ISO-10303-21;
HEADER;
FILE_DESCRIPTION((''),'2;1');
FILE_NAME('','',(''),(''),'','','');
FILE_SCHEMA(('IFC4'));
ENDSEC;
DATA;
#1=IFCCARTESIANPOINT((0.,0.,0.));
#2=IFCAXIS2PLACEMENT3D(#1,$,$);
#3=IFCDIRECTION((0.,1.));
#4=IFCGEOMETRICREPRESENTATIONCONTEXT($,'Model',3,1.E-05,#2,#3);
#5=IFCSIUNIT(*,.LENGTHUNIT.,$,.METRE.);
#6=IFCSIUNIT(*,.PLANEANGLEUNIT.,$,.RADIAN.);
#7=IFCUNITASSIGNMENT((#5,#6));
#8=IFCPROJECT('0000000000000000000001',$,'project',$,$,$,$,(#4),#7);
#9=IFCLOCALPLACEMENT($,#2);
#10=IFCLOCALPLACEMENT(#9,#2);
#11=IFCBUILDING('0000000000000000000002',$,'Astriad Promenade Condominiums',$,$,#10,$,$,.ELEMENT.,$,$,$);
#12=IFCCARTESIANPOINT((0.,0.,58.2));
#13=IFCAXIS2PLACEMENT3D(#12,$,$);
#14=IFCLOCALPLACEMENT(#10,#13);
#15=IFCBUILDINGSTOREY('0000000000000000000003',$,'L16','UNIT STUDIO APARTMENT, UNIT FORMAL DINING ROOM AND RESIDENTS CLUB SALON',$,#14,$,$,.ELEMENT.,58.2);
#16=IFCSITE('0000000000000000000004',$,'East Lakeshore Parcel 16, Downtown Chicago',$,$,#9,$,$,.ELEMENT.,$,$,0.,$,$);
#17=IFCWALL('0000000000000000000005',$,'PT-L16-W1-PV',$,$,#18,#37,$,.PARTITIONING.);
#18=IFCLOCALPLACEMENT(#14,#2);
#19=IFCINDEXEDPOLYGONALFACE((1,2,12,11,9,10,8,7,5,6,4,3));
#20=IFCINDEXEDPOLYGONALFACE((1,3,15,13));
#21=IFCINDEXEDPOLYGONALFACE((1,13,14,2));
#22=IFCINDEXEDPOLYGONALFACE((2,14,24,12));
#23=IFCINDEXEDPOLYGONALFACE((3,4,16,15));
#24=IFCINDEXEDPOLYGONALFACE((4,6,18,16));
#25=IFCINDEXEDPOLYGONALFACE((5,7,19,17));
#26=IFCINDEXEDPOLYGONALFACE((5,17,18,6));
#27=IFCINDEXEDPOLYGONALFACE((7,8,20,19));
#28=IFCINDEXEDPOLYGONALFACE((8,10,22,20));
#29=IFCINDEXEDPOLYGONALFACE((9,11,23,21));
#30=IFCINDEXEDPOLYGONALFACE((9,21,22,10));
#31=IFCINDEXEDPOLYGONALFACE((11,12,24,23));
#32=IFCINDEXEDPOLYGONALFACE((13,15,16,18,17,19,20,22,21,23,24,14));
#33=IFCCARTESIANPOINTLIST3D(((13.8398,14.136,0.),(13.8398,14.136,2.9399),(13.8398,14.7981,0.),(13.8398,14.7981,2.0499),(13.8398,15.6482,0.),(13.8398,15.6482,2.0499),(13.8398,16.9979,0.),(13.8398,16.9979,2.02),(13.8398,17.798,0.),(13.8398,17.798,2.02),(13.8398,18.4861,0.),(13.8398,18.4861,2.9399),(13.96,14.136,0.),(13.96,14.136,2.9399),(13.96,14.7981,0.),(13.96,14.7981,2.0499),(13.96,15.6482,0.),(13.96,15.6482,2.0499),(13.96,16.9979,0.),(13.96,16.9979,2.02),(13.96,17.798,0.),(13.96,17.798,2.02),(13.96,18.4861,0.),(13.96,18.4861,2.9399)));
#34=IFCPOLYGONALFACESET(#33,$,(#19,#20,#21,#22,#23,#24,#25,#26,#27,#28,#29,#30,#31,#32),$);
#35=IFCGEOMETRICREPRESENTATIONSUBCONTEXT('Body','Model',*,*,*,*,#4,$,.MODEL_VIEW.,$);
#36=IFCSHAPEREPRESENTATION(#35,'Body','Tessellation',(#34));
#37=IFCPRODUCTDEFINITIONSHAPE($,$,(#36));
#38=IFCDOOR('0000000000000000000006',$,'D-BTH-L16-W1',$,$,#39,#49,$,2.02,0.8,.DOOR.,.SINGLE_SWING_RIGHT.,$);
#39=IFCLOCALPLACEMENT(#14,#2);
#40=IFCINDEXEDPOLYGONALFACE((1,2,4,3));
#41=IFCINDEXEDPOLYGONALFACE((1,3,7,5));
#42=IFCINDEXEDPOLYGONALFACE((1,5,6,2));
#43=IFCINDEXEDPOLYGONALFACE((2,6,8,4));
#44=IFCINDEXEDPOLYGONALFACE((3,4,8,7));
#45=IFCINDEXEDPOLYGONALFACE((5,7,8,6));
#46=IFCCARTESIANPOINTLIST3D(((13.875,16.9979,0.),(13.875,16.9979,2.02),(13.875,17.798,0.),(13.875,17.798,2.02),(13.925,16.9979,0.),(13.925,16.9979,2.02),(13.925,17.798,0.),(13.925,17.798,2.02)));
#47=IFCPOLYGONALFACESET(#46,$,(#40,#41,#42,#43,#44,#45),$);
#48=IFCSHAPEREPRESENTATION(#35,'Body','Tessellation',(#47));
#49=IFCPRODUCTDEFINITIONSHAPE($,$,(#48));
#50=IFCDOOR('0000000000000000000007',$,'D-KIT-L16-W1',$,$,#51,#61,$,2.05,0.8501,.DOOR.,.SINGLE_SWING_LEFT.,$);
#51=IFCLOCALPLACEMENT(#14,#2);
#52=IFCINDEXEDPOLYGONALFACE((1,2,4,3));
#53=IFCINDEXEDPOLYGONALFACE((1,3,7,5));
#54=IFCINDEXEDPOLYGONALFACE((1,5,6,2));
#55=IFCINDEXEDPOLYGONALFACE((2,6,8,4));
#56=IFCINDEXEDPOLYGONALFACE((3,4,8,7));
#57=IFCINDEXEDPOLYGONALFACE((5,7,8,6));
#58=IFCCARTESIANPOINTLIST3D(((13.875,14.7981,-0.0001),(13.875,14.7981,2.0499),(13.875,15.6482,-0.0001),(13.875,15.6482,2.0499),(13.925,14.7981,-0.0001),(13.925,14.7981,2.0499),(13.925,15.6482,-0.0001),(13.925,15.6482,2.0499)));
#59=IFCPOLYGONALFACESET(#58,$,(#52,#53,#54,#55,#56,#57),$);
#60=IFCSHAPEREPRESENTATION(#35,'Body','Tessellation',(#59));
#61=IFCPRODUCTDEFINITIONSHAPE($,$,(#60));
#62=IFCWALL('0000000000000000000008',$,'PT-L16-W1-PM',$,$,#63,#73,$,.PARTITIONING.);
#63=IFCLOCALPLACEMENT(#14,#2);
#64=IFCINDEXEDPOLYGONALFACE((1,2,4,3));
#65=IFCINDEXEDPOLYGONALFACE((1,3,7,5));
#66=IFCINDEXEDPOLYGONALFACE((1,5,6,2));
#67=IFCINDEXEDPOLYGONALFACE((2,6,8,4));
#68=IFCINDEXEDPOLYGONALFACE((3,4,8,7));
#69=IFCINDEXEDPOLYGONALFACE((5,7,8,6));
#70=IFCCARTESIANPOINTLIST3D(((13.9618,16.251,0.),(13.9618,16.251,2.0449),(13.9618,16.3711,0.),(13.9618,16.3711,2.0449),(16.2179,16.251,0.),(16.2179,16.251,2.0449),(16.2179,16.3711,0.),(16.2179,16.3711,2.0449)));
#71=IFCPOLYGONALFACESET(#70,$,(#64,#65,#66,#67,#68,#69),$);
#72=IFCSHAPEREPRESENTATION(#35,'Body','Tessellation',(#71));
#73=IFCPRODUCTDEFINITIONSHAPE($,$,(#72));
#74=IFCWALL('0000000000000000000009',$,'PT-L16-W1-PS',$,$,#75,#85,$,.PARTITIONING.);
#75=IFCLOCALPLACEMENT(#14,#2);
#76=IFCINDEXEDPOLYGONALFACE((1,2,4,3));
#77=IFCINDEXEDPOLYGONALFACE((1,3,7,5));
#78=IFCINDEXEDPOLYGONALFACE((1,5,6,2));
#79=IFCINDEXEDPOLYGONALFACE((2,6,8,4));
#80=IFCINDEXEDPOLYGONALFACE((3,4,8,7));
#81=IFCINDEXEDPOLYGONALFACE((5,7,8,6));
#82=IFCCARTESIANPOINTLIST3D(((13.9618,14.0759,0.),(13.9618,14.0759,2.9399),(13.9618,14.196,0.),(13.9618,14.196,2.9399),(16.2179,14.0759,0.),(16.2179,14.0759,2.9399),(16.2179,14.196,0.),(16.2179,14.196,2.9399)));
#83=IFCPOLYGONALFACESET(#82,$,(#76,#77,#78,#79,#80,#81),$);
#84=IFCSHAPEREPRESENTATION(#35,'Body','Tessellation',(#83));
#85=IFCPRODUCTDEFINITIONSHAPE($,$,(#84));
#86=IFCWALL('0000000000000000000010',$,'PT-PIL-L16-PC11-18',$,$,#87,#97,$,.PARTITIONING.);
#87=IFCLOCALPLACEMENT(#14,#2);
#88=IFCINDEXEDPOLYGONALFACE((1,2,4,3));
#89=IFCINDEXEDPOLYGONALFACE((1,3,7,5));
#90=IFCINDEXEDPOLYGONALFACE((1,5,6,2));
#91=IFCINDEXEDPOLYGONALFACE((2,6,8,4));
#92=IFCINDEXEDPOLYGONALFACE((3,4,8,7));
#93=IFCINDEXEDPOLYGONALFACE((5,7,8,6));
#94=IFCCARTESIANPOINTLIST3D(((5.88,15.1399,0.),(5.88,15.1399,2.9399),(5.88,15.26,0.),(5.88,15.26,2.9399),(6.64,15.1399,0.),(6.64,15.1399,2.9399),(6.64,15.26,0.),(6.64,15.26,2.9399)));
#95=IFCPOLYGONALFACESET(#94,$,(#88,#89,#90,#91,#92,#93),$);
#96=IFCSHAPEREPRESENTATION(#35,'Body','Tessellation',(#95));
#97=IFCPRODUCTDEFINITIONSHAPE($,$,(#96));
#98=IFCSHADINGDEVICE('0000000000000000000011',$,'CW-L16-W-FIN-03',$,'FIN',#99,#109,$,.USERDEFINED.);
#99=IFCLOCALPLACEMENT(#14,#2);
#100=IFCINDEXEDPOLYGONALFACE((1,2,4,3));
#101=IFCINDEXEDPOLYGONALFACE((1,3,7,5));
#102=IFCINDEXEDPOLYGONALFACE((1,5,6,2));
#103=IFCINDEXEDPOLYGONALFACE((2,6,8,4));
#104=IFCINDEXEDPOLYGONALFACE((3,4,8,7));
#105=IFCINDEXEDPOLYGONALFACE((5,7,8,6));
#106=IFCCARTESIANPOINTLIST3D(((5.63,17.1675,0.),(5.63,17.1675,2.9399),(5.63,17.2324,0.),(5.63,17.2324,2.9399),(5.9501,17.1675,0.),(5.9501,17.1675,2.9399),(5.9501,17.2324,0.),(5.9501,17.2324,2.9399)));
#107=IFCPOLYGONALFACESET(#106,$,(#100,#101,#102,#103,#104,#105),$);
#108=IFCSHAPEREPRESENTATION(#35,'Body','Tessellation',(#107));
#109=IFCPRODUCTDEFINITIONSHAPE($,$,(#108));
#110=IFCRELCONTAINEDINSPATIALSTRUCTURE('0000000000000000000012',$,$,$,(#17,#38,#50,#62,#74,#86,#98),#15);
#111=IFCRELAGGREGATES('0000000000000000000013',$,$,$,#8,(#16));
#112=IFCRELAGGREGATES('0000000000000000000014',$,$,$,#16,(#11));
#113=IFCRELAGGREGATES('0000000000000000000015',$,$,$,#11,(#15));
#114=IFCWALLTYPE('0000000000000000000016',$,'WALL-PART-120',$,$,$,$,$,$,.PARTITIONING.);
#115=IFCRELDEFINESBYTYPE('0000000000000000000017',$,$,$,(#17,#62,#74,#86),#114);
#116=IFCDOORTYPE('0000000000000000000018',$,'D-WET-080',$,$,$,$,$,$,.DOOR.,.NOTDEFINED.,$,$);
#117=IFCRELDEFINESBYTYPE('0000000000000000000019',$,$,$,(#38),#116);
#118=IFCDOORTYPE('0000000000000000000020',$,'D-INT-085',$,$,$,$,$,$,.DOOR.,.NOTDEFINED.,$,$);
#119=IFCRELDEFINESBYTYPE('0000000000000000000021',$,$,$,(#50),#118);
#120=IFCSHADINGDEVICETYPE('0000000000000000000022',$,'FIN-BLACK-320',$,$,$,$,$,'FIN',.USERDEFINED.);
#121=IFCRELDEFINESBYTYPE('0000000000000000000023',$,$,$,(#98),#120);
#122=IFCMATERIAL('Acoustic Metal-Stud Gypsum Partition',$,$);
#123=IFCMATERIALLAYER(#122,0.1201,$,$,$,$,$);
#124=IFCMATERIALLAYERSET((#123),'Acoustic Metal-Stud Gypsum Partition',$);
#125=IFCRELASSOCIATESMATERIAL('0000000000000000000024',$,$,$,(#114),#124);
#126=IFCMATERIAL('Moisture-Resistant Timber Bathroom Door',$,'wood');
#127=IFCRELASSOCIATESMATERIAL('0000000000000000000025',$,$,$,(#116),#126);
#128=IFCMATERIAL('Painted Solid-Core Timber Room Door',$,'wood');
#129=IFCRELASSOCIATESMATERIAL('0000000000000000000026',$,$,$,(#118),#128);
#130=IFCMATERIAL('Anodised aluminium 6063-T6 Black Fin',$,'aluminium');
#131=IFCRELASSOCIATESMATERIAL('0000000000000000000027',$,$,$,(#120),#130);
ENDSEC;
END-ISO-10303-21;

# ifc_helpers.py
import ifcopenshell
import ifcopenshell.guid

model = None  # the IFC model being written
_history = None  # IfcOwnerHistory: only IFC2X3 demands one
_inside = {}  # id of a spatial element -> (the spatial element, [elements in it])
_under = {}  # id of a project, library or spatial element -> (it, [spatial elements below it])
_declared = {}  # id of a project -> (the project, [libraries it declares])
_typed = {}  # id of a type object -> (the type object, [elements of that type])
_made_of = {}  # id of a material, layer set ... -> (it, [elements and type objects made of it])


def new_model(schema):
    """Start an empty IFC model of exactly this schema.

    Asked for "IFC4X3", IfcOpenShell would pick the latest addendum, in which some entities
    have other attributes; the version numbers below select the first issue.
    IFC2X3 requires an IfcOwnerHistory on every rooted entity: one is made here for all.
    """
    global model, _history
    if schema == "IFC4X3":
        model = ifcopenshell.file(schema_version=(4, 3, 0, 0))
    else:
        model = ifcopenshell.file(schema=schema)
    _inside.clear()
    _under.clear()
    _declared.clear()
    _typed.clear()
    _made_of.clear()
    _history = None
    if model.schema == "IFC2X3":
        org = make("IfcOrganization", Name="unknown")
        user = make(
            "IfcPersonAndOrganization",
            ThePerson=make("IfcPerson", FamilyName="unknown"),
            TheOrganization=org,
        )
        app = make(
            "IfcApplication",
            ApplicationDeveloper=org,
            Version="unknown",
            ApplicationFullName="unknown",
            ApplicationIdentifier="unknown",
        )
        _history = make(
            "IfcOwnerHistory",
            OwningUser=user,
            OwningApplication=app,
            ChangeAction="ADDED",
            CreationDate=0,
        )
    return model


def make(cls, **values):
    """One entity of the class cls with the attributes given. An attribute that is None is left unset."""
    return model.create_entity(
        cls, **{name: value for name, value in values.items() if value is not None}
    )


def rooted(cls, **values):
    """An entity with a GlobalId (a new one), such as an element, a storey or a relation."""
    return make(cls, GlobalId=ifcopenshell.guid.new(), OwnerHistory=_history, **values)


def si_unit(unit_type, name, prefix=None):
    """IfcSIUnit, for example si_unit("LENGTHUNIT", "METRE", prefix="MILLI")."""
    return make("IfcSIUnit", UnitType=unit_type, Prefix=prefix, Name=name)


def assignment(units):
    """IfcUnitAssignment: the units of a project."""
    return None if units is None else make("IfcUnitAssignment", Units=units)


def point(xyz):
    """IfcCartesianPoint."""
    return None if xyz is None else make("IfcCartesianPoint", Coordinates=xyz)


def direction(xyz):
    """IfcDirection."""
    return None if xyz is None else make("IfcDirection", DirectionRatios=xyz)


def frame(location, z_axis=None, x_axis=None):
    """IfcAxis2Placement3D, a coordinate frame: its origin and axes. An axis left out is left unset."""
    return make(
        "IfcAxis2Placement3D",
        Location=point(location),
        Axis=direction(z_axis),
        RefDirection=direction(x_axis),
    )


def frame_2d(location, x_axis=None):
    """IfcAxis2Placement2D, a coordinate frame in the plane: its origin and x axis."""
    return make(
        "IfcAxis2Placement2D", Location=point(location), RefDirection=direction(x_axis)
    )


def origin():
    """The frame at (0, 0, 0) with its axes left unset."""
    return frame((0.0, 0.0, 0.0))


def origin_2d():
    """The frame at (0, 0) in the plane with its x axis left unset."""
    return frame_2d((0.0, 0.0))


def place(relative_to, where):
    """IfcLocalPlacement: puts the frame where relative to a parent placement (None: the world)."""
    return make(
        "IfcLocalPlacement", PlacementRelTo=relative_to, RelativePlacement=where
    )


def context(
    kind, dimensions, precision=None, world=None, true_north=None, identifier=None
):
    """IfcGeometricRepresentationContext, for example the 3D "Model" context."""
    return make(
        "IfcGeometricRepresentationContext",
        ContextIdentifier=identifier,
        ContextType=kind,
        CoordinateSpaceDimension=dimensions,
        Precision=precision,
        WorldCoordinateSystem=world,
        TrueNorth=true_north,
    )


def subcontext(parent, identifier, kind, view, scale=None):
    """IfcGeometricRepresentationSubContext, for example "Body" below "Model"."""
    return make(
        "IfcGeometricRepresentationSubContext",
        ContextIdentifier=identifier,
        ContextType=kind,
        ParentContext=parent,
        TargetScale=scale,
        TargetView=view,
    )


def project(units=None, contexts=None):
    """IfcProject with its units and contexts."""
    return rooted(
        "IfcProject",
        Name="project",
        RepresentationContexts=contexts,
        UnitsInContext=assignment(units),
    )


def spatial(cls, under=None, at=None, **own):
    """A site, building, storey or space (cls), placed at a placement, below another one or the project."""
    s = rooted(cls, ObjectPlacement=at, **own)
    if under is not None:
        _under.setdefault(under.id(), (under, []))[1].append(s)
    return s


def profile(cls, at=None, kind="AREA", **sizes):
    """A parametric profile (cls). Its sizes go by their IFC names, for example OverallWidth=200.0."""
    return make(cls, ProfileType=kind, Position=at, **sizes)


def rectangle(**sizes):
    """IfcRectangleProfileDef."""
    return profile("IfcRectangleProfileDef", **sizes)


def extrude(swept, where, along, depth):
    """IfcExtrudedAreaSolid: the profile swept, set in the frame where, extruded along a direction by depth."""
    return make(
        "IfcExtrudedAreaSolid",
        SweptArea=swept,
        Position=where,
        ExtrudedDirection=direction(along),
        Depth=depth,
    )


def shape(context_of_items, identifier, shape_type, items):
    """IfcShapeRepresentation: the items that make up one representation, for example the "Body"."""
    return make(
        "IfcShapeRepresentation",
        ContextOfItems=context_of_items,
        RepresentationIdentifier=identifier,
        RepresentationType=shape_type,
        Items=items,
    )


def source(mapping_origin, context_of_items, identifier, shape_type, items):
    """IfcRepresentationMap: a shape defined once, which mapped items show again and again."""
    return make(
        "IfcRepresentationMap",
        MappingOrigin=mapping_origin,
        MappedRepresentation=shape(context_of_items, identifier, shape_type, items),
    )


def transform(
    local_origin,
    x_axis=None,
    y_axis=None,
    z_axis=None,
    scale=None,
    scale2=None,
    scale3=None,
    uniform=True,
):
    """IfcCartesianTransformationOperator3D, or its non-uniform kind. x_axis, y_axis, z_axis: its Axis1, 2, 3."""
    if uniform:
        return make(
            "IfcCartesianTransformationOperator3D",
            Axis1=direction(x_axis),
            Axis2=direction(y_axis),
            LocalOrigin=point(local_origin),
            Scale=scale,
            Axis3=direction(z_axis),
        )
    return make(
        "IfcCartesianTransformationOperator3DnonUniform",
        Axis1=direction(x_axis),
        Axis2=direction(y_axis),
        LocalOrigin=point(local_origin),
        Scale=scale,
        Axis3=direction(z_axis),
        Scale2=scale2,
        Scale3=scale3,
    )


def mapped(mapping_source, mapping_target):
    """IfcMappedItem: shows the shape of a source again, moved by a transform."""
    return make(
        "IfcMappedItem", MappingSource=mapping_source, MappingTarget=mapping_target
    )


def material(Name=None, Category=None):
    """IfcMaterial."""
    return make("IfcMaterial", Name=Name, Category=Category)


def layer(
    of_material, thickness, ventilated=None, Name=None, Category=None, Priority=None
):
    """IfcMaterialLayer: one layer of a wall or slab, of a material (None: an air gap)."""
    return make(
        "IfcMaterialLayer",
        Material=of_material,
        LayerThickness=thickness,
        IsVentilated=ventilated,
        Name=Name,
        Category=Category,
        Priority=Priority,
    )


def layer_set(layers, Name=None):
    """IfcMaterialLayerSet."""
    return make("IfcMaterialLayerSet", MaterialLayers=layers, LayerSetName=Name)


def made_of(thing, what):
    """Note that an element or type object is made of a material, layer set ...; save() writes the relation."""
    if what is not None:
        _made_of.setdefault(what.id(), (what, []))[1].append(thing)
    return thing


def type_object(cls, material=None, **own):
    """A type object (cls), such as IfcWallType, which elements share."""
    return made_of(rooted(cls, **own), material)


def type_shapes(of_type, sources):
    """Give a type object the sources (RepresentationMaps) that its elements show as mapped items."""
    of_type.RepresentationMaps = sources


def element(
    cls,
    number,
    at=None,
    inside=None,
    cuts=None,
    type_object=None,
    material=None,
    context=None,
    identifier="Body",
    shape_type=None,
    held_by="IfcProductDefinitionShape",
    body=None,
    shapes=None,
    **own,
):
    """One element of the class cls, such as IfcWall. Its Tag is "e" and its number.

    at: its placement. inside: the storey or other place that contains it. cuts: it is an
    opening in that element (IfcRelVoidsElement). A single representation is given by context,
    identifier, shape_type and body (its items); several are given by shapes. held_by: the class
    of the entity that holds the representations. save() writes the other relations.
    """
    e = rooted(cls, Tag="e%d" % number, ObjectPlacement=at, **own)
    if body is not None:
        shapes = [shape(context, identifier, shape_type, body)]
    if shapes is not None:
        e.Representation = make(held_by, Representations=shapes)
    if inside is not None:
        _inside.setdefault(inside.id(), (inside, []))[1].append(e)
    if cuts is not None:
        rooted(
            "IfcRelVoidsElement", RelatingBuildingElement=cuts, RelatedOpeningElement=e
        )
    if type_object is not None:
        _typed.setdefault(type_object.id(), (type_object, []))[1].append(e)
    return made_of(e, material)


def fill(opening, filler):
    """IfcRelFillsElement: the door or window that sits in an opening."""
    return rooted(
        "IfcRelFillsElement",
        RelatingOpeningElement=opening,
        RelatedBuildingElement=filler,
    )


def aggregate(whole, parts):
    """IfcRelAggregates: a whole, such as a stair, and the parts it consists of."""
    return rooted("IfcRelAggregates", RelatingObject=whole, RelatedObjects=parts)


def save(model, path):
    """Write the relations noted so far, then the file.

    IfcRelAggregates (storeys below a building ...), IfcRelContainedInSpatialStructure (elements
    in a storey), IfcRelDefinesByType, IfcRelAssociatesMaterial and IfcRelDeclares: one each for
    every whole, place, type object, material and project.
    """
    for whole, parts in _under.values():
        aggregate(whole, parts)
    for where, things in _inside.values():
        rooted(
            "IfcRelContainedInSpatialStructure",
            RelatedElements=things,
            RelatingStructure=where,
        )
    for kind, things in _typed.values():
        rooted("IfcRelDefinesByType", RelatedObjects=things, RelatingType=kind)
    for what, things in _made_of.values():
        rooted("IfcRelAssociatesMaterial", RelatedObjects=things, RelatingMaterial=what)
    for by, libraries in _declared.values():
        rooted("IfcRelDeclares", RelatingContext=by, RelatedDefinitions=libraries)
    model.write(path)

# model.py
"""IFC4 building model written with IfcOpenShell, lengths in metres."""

from ifc_helpers import new_model, si_unit, direction, frame, frame_2d, origin, origin_2d, place, context, subcontext, project, spatial, rectangle, extrude, source, transform, mapped, material, layer, layer_set, type_object, type_shapes, element, fill, save


model = new_model("IFC4")

# Units and contexts
model_context = context("Model", 3, precision=1e-05, world=origin(), true_north=direction((0.0, 1.0)))
body_context = subcontext(model_context, "Body", "Model", "MODEL_VIEW")
ifc_project = project(units=[si_unit("LENGTHUNIT", "METRE"), si_unit("PLANEANGLEUNIT", "RADIAN")], contexts=[model_context])

# Site, building, storey
site_placement = place(None, origin())
site = spatial("IfcSite", under=ifc_project, at=site_placement, Name="East Lakeshore Parcel 16, Downtown Chicago", CompositionType="ELEMENT", RefElevation=0.0)
building_placement = place(site_placement, origin())
building = spatial("IfcBuilding", under=site, at=building_placement, Name="Astriad Promenade Condominiums", CompositionType="ELEMENT")
storey_placement = place(building_placement, frame((0.0, 0.0, 58.2)))
storey = spatial("IfcBuildingStorey", under=building, at=storey_placement, Name="L16", Description="UNIT STUDIO APARTMENT, UNIT FORMAL DINING ROOM AND RESIDENTS CLUB SALON", CompositionType="ELEMENT", Elevation=58.2)

# Wall, openings, doors
ifc_material_1 = material(Name="Acoustic Metal-Stud Gypsum Partition")
ifc_layer_1 = layer(ifc_material_1, 0.1201)
ifc_layer_set_1 = layer_set([ifc_layer_1], Name="Acoustic Metal-Stud Gypsum Partition")
wall_type = type_object("IfcWallType", Name="WALL-PART-120", PredefinedType="PARTITIONING", material=ifc_layer_set_1)
wall_1_placement = place(storey_placement, frame((13.8999, 14.136, 0.0), z_axis=(0.0, 0.0, 1.0), x_axis=(0.0, 1.0, 0.0)))
wall_1 = element("IfcWall", 1, at=wall_1_placement, inside=storey, type_object=wall_type, Name="PT-L16-W1-PV", PredefinedType="PARTITIONING", context=body_context, shape_type="SweptSolid", body=[
    extrude(rectangle(XDim=4.3501, YDim=0.1201, at=frame_2d((2.175, 0.0))), origin(), (0.0, 0.0, 1.0), 2.9399),
])
opening_1_placement = place(wall_1_placement, frame((0.6621, 0.0, 0.0)))
opening_1 = element("IfcOpeningElement", 2, at=opening_1_placement, cuts=wall_1, PredefinedType="OPENING", context=body_context, shape_type="SweptSolid", body=[
    extrude(rectangle(XDim=0.8501, YDim=2.05, at=frame_2d((0.425, 1.0249))), frame((0.0, 0.0701, 0.0), z_axis=(0.0, -1.0, 0.0), x_axis=(1.0, 0.0, 0.0)), (0.0, 0.0, 1.0), 0.1401),
])
opening_2_placement = place(wall_1_placement, frame((2.8621, 0.0, 0.0)))
opening_2 = element("IfcOpeningElement", 3, at=opening_2_placement, cuts=wall_1, PredefinedType="OPENING", context=body_context, shape_type="SweptSolid", body=[
    extrude(rectangle(XDim=0.8, YDim=2.02, at=frame_2d((0.3999, 1.01))), frame((0.0, 0.0701, 0.0), z_axis=(0.0, -1.0, 0.0), x_axis=(1.0, 0.0, 0.0)), (0.0, 0.0, 1.0), 0.1401),
])
ifc_material_2 = material(Name="Moisture-Resistant Timber Bathroom Door", Category="wood")
door_type_1 = type_object("IfcDoorType", Name="D-WET-080", OperationType="NOTDEFINED", PredefinedType="DOOR", material=ifc_material_2)
shared_shape_1 = source(origin(), body_context, "Body", "SweptSolid", [
    extrude(rectangle(XDim=0.8, YDim=2.02, at=frame_2d((0.3999, 1.01))), frame((0.0, 0.0249, 0.0), z_axis=(0.0, -1.0, 0.0), x_axis=(1.0, 0.0, 0.0)), (0.0, 0.0, 1.0), 0.05),
])
type_shapes(door_type_1, [shared_shape_1])
door_1_placement = place(opening_2_placement, origin())
door_1 = element("IfcDoor", 4, at=door_1_placement, inside=storey, type_object=door_type_1, Name="D-BTH-L16-W1", OperationType="SINGLE_SWING_RIGHT", OverallHeight=2.02, OverallWidth=0.8, PredefinedType="DOOR", context=body_context, shape_type="MappedRepresentation", body=[
    mapped(shared_shape_1, transform((0.0, 0.0, 0.0), scale=1.0)),
])
fill(opening_2, door_1)
ifc_material_3 = material(Name="Painted Solid-Core Timber Room Door", Category="wood")
door_type_2 = type_object("IfcDoorType", Name="D-INT-085", OperationType="NOTDEFINED", PredefinedType="DOOR", material=ifc_material_3)
shared_shape_2 = source(origin(), body_context, "Body", "SweptSolid", [
    extrude(rectangle(XDim=0.8501, YDim=2.05, at=frame_2d((0.425, 1.0249))), frame((0.0, 0.0249, 0.0), z_axis=(0.0, -1.0, 0.0), x_axis=(1.0, 0.0, 0.0)), (0.0, 0.0, 1.0), 0.05),
])
type_shapes(door_type_2, [shared_shape_2])
door_2_placement = place(opening_1_placement, origin())
door_2 = element("IfcDoor", 5, at=door_2_placement, inside=storey, type_object=door_type_2, Name="D-KIT-L16-W1", OperationType="SINGLE_SWING_LEFT", OverallHeight=2.05, OverallWidth=0.8501, PredefinedType="DOOR", context=body_context, shape_type="MappedRepresentation", body=[
    mapped(shared_shape_2, transform((0.0, 0.0, 0.0), scale=1.0)),
])
fill(opening_1, door_2)

# Walls
wall_2_placement = place(storey_placement, frame((13.9619, 16.311, 0.0), z_axis=(0.0, 0.0, 1.0), x_axis=(1.0, 0.0, 0.0)))
element("IfcWall", 6, at=wall_2_placement, inside=storey, type_object=wall_type, Name="PT-L16-W1-PM", PredefinedType="PARTITIONING", context=body_context, shape_type="SweptSolid", body=[
    extrude(rectangle(XDim=2.2561, YDim=0.1201, at=frame_2d((1.1279, 0.0))), origin(), (0.0, 0.0, 1.0), 2.0449),
])
wall_3_placement = place(storey_placement, frame((13.9619, 14.136, 0.0), z_axis=(0.0, 0.0, 1.0), x_axis=(1.0, 0.0, 0.0)))
element("IfcWall", 7, at=wall_3_placement, inside=storey, type_object=wall_type, Name="PT-L16-W1-PS", PredefinedType="PARTITIONING", context=body_context, shape_type="SweptSolid", body=[
    extrude(rectangle(XDim=2.2561, YDim=0.1201, at=frame_2d((1.1279, 0.0))), origin(), (0.0, 0.0, 1.0), 2.9399),
])
wall_4_placement = place(storey_placement, frame((6.6399, 15.2, 0.0), z_axis=(0.0, 0.0, 1.0), x_axis=(-1.0, 0.0, 0.0)))
element("IfcWall", 8, at=wall_4_placement, inside=storey, type_object=wall_type, Name="PT-PIL-L16-PC11-18", PredefinedType="PARTITIONING", context=body_context, shape_type="SweptSolid", body=[
    extrude(rectangle(XDim=0.76, YDim=0.1201, at=frame_2d((0.3799, 0.0))), origin(), (0.0, 0.0, 1.0), 2.9399),
])

# Shading device
ifc_material_4 = material(Name="Anodised aluminium 6063-T6 Black Fin", Category="aluminium")
shading_device_type = type_object("IfcShadingDeviceType", Name="FIN-BLACK-320", ElementType="FIN", PredefinedType="USERDEFINED", material=ifc_material_4)
shared_shape_3 = source(origin(), body_context, "Body", "SweptSolid", [
    extrude(rectangle(XDim=0.0649, YDim=0.3201, at=origin_2d()), origin(), (0.0, 0.0, 1.0), 2.9399),
])
type_shapes(shading_device_type, [shared_shape_3])
shading_device_placement = place(storey_placement, frame((5.79, 17.2, 0.0), z_axis=(0.0, 0.0, 1.0), x_axis=(0.0, 1.0, 0.0)))
element("IfcShadingDevice", 9, at=shading_device_placement, inside=storey, type_object=shading_device_type, Name="CW-L16-W-FIN-03", ObjectType="FIN", PredefinedType="USERDEFINED", context=body_context, shape_type="MappedRepresentation", body=[
    mapped(shared_shape_3, transform((0.0, 0.0, 0.0), scale=1.0)),
])

save(model, "model.ifc")
